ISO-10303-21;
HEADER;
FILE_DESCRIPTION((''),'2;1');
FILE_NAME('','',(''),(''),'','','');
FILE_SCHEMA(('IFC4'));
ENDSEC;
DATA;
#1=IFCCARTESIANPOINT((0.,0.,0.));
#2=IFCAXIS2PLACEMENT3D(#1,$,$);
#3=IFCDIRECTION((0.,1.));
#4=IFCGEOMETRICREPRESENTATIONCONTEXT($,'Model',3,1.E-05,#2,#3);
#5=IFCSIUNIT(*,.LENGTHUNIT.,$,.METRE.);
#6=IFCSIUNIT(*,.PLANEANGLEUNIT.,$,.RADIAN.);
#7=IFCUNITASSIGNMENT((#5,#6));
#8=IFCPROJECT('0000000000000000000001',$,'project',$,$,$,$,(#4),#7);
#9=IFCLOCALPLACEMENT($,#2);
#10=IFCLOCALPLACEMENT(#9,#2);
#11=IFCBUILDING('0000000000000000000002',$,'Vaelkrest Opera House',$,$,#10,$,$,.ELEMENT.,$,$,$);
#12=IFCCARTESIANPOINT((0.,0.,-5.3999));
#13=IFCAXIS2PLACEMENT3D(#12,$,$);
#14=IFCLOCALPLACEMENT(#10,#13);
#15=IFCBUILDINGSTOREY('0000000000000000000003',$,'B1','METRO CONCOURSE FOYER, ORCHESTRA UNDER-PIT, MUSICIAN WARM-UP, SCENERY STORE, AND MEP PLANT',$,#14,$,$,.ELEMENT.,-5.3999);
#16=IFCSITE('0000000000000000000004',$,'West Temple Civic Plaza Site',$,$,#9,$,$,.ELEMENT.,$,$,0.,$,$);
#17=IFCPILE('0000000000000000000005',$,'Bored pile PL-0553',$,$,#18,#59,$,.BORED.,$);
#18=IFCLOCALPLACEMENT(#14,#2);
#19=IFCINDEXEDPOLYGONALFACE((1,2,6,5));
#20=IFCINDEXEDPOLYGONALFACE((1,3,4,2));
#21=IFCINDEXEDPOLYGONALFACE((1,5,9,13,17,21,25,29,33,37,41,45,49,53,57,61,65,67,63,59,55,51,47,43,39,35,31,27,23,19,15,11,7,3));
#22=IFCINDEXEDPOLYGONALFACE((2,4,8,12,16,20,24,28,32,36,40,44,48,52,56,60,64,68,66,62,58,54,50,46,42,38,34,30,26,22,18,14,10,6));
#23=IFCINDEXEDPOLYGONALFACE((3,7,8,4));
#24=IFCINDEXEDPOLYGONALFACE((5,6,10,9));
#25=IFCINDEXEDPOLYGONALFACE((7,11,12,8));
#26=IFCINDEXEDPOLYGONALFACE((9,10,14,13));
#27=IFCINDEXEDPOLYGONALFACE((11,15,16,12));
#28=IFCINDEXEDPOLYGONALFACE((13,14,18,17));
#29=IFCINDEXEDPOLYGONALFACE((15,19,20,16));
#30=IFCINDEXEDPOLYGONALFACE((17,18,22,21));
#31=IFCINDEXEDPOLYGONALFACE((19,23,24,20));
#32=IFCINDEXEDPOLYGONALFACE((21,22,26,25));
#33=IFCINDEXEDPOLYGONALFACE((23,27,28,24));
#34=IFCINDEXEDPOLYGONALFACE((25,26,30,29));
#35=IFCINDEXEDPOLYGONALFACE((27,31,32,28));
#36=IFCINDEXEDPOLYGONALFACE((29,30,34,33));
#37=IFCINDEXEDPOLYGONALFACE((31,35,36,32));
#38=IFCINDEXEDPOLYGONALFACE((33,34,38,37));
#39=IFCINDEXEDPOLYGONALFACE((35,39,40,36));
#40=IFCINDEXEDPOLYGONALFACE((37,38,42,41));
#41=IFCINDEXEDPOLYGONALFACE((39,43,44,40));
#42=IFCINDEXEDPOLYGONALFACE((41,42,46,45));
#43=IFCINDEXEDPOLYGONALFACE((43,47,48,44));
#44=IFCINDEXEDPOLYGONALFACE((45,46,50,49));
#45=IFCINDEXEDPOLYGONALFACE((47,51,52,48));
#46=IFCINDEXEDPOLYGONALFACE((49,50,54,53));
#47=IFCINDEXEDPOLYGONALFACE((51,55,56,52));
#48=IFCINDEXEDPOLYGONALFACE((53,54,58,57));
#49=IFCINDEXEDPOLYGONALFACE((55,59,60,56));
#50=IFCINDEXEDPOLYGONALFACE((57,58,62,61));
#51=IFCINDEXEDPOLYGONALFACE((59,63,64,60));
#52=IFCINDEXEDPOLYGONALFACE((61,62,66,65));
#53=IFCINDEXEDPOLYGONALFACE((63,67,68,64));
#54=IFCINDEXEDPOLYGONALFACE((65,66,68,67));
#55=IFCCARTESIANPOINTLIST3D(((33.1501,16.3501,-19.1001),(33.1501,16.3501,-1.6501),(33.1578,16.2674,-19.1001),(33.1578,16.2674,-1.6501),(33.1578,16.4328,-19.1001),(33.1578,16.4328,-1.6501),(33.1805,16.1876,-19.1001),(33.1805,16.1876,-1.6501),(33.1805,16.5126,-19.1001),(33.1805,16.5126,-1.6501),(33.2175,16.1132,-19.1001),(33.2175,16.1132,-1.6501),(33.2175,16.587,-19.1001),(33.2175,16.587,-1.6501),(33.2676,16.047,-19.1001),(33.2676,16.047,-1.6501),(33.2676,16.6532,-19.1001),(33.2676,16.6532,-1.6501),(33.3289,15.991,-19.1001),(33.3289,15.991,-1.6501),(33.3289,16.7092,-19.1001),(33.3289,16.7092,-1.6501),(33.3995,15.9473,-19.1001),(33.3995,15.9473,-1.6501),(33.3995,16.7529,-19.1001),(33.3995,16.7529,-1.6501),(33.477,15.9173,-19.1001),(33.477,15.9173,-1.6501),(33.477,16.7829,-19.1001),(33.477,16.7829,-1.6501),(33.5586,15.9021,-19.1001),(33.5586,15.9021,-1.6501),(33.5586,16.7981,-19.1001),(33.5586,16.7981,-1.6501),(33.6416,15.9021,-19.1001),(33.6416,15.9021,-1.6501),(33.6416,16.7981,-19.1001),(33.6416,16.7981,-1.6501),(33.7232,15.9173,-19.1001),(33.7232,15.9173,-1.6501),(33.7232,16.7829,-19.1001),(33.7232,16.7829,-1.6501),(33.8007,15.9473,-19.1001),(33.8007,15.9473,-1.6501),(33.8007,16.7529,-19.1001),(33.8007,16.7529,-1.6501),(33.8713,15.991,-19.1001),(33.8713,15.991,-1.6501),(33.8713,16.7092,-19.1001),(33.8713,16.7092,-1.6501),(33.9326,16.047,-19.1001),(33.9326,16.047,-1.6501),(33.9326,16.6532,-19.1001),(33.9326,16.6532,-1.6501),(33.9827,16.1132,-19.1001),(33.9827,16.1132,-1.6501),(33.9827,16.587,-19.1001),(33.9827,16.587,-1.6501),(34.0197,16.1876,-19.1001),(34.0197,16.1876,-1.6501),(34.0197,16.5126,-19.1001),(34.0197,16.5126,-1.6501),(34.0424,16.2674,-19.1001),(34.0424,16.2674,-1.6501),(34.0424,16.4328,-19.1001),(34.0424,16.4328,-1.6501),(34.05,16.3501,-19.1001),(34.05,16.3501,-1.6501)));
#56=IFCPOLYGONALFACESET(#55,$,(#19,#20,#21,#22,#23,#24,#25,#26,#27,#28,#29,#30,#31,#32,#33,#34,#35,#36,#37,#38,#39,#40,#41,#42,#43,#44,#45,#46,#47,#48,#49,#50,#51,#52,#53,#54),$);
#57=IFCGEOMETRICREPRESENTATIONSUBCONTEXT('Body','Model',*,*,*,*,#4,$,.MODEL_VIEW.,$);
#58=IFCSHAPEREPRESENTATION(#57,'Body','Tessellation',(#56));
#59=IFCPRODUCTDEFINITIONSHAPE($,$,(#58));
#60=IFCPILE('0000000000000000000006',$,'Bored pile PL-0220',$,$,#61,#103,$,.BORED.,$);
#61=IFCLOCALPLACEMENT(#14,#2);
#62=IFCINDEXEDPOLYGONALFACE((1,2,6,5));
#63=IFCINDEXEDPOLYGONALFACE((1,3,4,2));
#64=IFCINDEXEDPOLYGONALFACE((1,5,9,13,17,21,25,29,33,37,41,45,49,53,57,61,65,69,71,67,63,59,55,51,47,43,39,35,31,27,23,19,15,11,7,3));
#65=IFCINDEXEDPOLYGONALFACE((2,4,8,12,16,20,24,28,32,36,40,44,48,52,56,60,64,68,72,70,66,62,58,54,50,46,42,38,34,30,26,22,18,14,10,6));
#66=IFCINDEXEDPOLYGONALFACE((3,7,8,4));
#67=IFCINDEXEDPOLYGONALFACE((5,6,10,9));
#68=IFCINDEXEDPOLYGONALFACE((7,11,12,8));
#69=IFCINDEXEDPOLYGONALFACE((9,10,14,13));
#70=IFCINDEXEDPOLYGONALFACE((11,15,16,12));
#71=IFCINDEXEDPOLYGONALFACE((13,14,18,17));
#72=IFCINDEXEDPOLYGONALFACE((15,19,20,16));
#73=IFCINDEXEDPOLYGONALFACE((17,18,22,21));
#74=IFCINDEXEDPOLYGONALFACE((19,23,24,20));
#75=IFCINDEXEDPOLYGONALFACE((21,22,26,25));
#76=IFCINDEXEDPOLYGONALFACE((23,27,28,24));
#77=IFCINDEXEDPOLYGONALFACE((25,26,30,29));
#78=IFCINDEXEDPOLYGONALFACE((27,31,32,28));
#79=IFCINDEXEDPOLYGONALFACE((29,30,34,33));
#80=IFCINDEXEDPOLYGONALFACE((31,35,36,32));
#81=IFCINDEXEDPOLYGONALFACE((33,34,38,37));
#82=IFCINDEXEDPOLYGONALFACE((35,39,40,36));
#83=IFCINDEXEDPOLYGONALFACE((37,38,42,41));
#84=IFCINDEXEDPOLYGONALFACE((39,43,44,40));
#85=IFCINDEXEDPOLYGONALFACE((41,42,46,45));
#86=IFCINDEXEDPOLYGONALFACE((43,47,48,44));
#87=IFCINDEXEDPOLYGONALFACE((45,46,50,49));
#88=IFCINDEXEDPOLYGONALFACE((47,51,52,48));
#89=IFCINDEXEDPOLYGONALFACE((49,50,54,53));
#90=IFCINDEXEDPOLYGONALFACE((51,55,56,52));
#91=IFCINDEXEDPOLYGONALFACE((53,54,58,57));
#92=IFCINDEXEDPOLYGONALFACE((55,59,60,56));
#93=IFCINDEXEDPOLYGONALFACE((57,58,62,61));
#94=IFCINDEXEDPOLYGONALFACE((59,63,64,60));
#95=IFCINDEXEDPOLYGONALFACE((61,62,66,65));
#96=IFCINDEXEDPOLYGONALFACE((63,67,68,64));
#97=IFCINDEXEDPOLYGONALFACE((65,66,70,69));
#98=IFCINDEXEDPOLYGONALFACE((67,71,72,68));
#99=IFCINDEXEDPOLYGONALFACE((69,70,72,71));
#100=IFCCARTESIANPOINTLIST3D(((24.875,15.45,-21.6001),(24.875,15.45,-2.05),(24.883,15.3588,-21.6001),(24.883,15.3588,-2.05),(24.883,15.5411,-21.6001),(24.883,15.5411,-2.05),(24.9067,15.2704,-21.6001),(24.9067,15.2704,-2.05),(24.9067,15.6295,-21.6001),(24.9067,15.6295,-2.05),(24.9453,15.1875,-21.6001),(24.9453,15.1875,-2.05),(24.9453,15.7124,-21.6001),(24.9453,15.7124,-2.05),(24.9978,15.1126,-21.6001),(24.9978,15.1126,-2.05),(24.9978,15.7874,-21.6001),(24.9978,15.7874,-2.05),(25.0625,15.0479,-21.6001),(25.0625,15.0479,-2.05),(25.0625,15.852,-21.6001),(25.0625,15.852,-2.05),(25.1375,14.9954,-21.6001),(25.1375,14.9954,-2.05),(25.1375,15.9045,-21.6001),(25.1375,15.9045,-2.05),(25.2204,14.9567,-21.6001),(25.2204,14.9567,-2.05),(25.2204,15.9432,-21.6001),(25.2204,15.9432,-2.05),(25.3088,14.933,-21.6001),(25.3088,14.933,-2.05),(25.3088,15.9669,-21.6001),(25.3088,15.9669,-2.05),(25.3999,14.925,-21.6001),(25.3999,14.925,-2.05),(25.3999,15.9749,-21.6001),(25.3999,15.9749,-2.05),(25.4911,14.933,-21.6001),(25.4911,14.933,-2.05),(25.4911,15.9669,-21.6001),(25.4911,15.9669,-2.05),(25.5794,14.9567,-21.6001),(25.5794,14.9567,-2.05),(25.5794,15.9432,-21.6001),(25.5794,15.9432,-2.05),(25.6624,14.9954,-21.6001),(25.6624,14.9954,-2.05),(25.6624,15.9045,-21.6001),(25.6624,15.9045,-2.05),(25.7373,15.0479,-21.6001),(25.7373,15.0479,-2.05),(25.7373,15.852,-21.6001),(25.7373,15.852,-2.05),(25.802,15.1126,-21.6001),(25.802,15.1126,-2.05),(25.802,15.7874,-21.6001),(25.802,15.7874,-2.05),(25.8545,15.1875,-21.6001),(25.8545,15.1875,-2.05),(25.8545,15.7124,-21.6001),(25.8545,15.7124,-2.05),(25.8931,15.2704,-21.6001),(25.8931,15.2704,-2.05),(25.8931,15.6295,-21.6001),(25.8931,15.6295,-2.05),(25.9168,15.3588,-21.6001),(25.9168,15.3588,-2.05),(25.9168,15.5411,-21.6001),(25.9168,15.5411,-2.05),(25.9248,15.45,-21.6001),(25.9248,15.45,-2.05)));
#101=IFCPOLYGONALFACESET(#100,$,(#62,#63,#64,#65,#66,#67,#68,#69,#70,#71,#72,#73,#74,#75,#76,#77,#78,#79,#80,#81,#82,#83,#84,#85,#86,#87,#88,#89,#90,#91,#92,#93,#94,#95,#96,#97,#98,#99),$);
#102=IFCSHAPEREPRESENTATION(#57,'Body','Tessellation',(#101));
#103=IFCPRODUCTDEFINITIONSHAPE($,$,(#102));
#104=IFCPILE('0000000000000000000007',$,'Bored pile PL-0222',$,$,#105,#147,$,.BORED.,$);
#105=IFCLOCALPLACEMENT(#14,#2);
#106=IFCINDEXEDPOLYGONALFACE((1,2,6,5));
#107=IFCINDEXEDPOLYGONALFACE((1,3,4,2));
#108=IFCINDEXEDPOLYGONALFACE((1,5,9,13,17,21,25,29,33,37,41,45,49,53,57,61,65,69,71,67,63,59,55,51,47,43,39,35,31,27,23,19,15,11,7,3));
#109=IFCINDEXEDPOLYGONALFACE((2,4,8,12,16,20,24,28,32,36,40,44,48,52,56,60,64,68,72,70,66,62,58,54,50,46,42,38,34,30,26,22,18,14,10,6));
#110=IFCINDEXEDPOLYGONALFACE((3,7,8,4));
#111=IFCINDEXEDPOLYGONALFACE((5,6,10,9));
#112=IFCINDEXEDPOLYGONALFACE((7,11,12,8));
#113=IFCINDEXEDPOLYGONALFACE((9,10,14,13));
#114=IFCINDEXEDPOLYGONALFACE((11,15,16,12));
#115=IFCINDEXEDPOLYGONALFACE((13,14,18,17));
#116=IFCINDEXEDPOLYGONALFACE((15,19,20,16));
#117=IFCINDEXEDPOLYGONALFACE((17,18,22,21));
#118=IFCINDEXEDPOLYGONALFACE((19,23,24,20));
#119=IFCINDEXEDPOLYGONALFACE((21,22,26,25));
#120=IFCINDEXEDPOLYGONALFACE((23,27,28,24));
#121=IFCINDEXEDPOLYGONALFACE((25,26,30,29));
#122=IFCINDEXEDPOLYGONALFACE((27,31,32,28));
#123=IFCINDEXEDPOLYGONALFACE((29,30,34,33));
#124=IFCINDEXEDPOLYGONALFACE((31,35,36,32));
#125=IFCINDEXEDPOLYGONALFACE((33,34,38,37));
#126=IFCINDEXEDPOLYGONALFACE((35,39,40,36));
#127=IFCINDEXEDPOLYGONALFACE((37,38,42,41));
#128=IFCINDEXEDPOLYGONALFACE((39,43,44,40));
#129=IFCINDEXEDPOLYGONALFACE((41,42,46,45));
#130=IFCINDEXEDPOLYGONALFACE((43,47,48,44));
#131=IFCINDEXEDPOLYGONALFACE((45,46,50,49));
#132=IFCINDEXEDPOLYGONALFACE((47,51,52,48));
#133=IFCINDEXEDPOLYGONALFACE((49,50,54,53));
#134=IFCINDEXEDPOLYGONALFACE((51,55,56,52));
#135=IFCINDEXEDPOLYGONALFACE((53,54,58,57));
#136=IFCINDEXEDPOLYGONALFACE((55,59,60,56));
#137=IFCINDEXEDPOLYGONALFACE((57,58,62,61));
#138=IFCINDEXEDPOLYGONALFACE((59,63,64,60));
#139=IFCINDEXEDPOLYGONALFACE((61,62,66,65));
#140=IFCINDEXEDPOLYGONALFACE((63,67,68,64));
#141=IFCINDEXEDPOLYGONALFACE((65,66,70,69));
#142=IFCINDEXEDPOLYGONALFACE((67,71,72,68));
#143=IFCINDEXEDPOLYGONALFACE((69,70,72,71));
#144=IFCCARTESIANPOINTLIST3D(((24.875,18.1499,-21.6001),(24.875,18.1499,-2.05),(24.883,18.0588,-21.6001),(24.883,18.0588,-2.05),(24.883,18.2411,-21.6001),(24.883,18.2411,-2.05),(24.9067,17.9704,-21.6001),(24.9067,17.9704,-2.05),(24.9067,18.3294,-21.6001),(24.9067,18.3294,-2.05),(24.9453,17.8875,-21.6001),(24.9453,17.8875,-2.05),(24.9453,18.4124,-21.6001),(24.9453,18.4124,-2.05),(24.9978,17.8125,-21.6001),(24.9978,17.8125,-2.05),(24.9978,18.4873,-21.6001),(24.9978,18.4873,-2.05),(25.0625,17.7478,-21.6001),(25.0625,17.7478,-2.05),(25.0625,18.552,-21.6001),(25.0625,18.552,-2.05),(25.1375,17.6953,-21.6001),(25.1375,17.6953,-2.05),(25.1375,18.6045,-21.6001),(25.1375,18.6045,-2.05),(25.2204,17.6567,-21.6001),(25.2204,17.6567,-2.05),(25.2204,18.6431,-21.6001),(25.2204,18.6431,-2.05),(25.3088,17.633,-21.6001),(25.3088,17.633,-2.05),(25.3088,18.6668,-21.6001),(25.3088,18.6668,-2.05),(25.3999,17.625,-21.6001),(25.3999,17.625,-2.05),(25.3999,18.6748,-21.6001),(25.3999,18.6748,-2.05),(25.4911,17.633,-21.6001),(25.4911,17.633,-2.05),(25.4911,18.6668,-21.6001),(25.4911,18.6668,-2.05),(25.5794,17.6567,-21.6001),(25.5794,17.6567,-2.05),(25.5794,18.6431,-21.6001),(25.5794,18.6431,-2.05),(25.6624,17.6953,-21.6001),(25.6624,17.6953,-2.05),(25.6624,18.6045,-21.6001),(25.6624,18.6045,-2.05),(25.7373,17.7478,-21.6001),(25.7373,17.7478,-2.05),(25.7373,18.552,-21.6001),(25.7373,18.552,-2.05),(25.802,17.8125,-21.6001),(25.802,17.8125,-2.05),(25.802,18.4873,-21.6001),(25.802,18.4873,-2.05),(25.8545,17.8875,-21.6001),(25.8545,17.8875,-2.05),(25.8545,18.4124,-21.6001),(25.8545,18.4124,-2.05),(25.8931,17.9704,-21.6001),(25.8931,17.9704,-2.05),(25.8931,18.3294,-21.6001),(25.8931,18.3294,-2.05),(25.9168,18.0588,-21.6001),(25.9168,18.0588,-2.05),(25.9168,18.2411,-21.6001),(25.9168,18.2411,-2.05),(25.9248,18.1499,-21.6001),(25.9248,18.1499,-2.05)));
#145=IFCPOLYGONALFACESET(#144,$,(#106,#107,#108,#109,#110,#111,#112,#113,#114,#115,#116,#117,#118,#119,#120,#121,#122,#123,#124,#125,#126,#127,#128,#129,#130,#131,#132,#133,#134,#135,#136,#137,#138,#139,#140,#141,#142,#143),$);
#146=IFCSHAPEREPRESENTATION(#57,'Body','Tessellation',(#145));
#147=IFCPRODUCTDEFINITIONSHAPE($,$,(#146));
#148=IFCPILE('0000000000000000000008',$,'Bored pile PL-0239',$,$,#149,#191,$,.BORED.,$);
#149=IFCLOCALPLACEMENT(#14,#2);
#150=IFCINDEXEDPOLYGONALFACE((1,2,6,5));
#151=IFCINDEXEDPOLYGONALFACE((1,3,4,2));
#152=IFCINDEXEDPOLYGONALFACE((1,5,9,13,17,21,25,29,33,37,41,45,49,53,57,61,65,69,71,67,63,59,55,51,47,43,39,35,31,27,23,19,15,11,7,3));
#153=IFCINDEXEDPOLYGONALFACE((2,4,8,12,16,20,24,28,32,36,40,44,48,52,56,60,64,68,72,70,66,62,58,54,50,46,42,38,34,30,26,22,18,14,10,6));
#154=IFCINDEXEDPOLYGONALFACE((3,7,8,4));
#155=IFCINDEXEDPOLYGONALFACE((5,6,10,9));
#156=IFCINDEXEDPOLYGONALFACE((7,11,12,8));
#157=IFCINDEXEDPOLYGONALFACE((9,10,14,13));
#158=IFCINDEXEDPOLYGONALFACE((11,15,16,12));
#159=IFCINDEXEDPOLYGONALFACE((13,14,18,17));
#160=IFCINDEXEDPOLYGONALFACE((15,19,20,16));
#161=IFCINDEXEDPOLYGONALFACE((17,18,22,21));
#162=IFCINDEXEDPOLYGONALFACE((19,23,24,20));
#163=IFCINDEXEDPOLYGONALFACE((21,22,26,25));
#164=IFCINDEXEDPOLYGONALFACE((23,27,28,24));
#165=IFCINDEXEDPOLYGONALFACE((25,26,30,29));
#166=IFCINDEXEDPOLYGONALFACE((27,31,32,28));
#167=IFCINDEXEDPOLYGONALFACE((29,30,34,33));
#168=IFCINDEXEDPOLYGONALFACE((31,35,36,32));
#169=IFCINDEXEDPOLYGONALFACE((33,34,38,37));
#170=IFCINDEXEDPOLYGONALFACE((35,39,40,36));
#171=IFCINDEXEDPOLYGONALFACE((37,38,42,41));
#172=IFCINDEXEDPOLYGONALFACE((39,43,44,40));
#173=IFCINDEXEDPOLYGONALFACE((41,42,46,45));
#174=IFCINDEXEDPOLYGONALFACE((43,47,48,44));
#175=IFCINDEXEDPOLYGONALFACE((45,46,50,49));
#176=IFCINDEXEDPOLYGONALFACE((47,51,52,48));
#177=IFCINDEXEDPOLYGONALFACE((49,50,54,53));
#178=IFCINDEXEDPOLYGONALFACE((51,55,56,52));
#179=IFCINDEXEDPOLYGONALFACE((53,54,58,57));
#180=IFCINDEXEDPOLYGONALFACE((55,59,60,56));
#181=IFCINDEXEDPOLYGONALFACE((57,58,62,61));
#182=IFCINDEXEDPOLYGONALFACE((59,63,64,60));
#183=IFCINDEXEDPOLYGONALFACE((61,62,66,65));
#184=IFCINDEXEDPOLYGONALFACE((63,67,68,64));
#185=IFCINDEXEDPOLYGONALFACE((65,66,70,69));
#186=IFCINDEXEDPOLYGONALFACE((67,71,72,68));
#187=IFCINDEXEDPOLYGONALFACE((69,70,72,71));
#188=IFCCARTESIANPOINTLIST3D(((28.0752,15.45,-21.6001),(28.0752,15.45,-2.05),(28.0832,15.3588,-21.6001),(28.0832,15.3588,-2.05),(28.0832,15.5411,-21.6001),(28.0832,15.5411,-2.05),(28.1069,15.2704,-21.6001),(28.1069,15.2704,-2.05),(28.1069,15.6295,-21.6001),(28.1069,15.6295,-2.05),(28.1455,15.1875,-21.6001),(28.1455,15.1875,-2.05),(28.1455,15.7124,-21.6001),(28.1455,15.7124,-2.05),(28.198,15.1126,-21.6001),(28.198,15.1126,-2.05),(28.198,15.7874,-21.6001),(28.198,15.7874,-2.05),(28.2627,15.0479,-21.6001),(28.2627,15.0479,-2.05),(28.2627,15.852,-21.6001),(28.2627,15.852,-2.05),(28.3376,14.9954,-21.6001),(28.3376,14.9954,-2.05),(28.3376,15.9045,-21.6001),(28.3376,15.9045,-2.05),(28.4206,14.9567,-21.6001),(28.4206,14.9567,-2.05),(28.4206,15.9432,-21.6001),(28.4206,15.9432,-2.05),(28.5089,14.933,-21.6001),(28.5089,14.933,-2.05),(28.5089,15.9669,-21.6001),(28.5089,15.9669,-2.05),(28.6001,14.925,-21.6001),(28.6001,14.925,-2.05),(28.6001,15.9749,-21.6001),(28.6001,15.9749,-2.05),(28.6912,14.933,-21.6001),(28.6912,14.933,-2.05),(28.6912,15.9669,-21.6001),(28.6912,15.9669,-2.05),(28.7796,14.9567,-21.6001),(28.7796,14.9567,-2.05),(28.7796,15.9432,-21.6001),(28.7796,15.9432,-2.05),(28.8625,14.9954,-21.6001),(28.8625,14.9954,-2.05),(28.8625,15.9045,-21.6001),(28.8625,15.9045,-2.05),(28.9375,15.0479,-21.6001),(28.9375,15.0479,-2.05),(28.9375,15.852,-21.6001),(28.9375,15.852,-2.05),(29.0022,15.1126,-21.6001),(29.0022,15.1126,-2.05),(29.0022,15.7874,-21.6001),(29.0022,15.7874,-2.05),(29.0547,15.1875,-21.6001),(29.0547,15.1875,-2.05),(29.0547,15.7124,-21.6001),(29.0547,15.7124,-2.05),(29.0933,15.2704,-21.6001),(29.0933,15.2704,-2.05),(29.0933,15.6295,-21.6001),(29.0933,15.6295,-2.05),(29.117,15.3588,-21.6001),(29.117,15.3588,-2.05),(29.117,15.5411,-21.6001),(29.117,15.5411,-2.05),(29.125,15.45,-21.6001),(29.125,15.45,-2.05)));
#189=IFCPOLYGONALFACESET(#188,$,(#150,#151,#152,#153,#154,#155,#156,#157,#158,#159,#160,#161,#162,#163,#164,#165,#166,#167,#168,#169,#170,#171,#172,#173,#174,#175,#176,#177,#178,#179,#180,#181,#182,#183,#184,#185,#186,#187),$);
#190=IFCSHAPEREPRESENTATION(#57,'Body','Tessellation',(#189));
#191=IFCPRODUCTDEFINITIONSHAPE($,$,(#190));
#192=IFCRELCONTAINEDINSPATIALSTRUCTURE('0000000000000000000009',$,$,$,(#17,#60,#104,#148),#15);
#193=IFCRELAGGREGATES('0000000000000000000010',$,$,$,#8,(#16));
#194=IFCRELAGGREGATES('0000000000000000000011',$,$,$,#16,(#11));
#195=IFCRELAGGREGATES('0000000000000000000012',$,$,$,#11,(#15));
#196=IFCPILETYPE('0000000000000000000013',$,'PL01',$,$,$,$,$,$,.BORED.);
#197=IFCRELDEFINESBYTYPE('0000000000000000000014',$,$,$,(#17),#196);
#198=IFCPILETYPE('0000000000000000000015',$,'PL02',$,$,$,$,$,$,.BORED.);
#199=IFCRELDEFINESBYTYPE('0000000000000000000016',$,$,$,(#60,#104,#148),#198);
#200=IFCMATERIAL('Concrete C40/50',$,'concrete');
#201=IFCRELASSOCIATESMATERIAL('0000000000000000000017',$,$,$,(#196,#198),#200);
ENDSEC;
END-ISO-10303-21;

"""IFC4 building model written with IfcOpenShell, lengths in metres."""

from ifc_helpers import new_model, si_unit, direction, frame, origin, origin_2d, place, context, subcontext, project, spatial, circle, extrude, material, material_profile, profile_set, type_object, element, save


model = new_model("IFC4")

# Units and contexts
model_context = context("Model", 3, precision=1e-05, world=origin(), true_north=direction((0.0, 1.0)))
body_context = subcontext(model_context, "Body", "Model", "MODEL_VIEW")
ifc_project = project(units=[si_unit("LENGTHUNIT", "METRE"), si_unit("PLANEANGLEUNIT", "RADIAN")], contexts=[model_context])

# Site, building, storey
site_placement = place(None, origin())
site = spatial("IfcSite", under=ifc_project, at=site_placement, Name="West Temple Civic Plaza Site", CompositionType="ELEMENT", RefElevation=0.0)
building_placement = place(site_placement, origin())
building = spatial("IfcBuilding", under=site, at=building_placement, Name="Vaelkrest Opera House", CompositionType="ELEMENT")
storey_placement = place(building_placement, frame((0.0, 0.0, -5.3999)))
storey = spatial("IfcBuildingStorey", under=building, at=storey_placement, Name="B1", Description="METRO CONCOURSE FOYER, ORCHESTRA UNDER-PIT, MUSICIAN WARM-UP, SCENERY STORE, AND MEP PLANT", CompositionType="ELEMENT", Elevation=-5.3999)

# Shared definitions
ifc_material_1 = material(Name="Concrete C40/50", Category="concrete")

# Piles
ifc_material_profile_1 = material_profile(ifc_material_1, circle(Radius=0.45, at=origin_2d()), Name="PILE900")
ifc_profile_set_1 = profile_set([ifc_material_profile_1], Name="Concrete C40/50")
pile_type_1 = type_object("IfcPileType", Name="PL01", PredefinedType="BORED", material=ifc_profile_set_1)
pile_1_placement = place(storey_placement, frame((33.6001, 16.3501, -1.6501), z_axis=(0.0, 0.0, -1.0), x_axis=(1.0, 0.0, 0.0)))
element("IfcPile", 1, at=pile_1_placement, inside=storey, type_object=pile_type_1, Name="Bored pile PL-0553", PredefinedType="BORED", context=body_context, shape_type="SweptSolid", body=[
    extrude(circle(Radius=0.45, at=origin_2d()), origin(), (0.0, 0.0, 1.0), 17.45),
])
ifc_material_profile_2 = material_profile(ifc_material_1, circle(Radius=0.5249, at=origin_2d()), Name="PILE1050")
ifc_profile_set_2 = profile_set([ifc_material_profile_2], Name="Concrete C40/50")
pile_type_2 = type_object("IfcPileType", Name="PL02", PredefinedType="BORED", material=ifc_profile_set_2)
for number, where, z_axis, x_axis, name in (
    (2, (25.3999, 15.45, -2.05), (0.0, 0.0, -1.0), (1.0, 0.0, 0.0), "Bored pile PL-0220"),
    (3, (25.3999, 18.1499, -2.05), (0.0, 0.0, -1.0), (1.0, 0.0, 0.0), "Bored pile PL-0222"),
    (4, (28.6001, 15.45, -2.05), (0.0, 0.0, -1.0), (1.0, 0.0, 0.0), "Bored pile PL-0239"),
):
    element("IfcPile", number, at=place(storey_placement, frame(where, z_axis=z_axis, x_axis=x_axis)), inside=storey, type_object=pile_type_2, Name=name, PredefinedType="BORED", context=body_context, shape_type="SweptSolid", body=[
        extrude(circle(Radius=0.5249, at=origin_2d()), origin(), (0.0, 0.0, 1.0), 19.55),
    ])

save(model, "model.ifc")
